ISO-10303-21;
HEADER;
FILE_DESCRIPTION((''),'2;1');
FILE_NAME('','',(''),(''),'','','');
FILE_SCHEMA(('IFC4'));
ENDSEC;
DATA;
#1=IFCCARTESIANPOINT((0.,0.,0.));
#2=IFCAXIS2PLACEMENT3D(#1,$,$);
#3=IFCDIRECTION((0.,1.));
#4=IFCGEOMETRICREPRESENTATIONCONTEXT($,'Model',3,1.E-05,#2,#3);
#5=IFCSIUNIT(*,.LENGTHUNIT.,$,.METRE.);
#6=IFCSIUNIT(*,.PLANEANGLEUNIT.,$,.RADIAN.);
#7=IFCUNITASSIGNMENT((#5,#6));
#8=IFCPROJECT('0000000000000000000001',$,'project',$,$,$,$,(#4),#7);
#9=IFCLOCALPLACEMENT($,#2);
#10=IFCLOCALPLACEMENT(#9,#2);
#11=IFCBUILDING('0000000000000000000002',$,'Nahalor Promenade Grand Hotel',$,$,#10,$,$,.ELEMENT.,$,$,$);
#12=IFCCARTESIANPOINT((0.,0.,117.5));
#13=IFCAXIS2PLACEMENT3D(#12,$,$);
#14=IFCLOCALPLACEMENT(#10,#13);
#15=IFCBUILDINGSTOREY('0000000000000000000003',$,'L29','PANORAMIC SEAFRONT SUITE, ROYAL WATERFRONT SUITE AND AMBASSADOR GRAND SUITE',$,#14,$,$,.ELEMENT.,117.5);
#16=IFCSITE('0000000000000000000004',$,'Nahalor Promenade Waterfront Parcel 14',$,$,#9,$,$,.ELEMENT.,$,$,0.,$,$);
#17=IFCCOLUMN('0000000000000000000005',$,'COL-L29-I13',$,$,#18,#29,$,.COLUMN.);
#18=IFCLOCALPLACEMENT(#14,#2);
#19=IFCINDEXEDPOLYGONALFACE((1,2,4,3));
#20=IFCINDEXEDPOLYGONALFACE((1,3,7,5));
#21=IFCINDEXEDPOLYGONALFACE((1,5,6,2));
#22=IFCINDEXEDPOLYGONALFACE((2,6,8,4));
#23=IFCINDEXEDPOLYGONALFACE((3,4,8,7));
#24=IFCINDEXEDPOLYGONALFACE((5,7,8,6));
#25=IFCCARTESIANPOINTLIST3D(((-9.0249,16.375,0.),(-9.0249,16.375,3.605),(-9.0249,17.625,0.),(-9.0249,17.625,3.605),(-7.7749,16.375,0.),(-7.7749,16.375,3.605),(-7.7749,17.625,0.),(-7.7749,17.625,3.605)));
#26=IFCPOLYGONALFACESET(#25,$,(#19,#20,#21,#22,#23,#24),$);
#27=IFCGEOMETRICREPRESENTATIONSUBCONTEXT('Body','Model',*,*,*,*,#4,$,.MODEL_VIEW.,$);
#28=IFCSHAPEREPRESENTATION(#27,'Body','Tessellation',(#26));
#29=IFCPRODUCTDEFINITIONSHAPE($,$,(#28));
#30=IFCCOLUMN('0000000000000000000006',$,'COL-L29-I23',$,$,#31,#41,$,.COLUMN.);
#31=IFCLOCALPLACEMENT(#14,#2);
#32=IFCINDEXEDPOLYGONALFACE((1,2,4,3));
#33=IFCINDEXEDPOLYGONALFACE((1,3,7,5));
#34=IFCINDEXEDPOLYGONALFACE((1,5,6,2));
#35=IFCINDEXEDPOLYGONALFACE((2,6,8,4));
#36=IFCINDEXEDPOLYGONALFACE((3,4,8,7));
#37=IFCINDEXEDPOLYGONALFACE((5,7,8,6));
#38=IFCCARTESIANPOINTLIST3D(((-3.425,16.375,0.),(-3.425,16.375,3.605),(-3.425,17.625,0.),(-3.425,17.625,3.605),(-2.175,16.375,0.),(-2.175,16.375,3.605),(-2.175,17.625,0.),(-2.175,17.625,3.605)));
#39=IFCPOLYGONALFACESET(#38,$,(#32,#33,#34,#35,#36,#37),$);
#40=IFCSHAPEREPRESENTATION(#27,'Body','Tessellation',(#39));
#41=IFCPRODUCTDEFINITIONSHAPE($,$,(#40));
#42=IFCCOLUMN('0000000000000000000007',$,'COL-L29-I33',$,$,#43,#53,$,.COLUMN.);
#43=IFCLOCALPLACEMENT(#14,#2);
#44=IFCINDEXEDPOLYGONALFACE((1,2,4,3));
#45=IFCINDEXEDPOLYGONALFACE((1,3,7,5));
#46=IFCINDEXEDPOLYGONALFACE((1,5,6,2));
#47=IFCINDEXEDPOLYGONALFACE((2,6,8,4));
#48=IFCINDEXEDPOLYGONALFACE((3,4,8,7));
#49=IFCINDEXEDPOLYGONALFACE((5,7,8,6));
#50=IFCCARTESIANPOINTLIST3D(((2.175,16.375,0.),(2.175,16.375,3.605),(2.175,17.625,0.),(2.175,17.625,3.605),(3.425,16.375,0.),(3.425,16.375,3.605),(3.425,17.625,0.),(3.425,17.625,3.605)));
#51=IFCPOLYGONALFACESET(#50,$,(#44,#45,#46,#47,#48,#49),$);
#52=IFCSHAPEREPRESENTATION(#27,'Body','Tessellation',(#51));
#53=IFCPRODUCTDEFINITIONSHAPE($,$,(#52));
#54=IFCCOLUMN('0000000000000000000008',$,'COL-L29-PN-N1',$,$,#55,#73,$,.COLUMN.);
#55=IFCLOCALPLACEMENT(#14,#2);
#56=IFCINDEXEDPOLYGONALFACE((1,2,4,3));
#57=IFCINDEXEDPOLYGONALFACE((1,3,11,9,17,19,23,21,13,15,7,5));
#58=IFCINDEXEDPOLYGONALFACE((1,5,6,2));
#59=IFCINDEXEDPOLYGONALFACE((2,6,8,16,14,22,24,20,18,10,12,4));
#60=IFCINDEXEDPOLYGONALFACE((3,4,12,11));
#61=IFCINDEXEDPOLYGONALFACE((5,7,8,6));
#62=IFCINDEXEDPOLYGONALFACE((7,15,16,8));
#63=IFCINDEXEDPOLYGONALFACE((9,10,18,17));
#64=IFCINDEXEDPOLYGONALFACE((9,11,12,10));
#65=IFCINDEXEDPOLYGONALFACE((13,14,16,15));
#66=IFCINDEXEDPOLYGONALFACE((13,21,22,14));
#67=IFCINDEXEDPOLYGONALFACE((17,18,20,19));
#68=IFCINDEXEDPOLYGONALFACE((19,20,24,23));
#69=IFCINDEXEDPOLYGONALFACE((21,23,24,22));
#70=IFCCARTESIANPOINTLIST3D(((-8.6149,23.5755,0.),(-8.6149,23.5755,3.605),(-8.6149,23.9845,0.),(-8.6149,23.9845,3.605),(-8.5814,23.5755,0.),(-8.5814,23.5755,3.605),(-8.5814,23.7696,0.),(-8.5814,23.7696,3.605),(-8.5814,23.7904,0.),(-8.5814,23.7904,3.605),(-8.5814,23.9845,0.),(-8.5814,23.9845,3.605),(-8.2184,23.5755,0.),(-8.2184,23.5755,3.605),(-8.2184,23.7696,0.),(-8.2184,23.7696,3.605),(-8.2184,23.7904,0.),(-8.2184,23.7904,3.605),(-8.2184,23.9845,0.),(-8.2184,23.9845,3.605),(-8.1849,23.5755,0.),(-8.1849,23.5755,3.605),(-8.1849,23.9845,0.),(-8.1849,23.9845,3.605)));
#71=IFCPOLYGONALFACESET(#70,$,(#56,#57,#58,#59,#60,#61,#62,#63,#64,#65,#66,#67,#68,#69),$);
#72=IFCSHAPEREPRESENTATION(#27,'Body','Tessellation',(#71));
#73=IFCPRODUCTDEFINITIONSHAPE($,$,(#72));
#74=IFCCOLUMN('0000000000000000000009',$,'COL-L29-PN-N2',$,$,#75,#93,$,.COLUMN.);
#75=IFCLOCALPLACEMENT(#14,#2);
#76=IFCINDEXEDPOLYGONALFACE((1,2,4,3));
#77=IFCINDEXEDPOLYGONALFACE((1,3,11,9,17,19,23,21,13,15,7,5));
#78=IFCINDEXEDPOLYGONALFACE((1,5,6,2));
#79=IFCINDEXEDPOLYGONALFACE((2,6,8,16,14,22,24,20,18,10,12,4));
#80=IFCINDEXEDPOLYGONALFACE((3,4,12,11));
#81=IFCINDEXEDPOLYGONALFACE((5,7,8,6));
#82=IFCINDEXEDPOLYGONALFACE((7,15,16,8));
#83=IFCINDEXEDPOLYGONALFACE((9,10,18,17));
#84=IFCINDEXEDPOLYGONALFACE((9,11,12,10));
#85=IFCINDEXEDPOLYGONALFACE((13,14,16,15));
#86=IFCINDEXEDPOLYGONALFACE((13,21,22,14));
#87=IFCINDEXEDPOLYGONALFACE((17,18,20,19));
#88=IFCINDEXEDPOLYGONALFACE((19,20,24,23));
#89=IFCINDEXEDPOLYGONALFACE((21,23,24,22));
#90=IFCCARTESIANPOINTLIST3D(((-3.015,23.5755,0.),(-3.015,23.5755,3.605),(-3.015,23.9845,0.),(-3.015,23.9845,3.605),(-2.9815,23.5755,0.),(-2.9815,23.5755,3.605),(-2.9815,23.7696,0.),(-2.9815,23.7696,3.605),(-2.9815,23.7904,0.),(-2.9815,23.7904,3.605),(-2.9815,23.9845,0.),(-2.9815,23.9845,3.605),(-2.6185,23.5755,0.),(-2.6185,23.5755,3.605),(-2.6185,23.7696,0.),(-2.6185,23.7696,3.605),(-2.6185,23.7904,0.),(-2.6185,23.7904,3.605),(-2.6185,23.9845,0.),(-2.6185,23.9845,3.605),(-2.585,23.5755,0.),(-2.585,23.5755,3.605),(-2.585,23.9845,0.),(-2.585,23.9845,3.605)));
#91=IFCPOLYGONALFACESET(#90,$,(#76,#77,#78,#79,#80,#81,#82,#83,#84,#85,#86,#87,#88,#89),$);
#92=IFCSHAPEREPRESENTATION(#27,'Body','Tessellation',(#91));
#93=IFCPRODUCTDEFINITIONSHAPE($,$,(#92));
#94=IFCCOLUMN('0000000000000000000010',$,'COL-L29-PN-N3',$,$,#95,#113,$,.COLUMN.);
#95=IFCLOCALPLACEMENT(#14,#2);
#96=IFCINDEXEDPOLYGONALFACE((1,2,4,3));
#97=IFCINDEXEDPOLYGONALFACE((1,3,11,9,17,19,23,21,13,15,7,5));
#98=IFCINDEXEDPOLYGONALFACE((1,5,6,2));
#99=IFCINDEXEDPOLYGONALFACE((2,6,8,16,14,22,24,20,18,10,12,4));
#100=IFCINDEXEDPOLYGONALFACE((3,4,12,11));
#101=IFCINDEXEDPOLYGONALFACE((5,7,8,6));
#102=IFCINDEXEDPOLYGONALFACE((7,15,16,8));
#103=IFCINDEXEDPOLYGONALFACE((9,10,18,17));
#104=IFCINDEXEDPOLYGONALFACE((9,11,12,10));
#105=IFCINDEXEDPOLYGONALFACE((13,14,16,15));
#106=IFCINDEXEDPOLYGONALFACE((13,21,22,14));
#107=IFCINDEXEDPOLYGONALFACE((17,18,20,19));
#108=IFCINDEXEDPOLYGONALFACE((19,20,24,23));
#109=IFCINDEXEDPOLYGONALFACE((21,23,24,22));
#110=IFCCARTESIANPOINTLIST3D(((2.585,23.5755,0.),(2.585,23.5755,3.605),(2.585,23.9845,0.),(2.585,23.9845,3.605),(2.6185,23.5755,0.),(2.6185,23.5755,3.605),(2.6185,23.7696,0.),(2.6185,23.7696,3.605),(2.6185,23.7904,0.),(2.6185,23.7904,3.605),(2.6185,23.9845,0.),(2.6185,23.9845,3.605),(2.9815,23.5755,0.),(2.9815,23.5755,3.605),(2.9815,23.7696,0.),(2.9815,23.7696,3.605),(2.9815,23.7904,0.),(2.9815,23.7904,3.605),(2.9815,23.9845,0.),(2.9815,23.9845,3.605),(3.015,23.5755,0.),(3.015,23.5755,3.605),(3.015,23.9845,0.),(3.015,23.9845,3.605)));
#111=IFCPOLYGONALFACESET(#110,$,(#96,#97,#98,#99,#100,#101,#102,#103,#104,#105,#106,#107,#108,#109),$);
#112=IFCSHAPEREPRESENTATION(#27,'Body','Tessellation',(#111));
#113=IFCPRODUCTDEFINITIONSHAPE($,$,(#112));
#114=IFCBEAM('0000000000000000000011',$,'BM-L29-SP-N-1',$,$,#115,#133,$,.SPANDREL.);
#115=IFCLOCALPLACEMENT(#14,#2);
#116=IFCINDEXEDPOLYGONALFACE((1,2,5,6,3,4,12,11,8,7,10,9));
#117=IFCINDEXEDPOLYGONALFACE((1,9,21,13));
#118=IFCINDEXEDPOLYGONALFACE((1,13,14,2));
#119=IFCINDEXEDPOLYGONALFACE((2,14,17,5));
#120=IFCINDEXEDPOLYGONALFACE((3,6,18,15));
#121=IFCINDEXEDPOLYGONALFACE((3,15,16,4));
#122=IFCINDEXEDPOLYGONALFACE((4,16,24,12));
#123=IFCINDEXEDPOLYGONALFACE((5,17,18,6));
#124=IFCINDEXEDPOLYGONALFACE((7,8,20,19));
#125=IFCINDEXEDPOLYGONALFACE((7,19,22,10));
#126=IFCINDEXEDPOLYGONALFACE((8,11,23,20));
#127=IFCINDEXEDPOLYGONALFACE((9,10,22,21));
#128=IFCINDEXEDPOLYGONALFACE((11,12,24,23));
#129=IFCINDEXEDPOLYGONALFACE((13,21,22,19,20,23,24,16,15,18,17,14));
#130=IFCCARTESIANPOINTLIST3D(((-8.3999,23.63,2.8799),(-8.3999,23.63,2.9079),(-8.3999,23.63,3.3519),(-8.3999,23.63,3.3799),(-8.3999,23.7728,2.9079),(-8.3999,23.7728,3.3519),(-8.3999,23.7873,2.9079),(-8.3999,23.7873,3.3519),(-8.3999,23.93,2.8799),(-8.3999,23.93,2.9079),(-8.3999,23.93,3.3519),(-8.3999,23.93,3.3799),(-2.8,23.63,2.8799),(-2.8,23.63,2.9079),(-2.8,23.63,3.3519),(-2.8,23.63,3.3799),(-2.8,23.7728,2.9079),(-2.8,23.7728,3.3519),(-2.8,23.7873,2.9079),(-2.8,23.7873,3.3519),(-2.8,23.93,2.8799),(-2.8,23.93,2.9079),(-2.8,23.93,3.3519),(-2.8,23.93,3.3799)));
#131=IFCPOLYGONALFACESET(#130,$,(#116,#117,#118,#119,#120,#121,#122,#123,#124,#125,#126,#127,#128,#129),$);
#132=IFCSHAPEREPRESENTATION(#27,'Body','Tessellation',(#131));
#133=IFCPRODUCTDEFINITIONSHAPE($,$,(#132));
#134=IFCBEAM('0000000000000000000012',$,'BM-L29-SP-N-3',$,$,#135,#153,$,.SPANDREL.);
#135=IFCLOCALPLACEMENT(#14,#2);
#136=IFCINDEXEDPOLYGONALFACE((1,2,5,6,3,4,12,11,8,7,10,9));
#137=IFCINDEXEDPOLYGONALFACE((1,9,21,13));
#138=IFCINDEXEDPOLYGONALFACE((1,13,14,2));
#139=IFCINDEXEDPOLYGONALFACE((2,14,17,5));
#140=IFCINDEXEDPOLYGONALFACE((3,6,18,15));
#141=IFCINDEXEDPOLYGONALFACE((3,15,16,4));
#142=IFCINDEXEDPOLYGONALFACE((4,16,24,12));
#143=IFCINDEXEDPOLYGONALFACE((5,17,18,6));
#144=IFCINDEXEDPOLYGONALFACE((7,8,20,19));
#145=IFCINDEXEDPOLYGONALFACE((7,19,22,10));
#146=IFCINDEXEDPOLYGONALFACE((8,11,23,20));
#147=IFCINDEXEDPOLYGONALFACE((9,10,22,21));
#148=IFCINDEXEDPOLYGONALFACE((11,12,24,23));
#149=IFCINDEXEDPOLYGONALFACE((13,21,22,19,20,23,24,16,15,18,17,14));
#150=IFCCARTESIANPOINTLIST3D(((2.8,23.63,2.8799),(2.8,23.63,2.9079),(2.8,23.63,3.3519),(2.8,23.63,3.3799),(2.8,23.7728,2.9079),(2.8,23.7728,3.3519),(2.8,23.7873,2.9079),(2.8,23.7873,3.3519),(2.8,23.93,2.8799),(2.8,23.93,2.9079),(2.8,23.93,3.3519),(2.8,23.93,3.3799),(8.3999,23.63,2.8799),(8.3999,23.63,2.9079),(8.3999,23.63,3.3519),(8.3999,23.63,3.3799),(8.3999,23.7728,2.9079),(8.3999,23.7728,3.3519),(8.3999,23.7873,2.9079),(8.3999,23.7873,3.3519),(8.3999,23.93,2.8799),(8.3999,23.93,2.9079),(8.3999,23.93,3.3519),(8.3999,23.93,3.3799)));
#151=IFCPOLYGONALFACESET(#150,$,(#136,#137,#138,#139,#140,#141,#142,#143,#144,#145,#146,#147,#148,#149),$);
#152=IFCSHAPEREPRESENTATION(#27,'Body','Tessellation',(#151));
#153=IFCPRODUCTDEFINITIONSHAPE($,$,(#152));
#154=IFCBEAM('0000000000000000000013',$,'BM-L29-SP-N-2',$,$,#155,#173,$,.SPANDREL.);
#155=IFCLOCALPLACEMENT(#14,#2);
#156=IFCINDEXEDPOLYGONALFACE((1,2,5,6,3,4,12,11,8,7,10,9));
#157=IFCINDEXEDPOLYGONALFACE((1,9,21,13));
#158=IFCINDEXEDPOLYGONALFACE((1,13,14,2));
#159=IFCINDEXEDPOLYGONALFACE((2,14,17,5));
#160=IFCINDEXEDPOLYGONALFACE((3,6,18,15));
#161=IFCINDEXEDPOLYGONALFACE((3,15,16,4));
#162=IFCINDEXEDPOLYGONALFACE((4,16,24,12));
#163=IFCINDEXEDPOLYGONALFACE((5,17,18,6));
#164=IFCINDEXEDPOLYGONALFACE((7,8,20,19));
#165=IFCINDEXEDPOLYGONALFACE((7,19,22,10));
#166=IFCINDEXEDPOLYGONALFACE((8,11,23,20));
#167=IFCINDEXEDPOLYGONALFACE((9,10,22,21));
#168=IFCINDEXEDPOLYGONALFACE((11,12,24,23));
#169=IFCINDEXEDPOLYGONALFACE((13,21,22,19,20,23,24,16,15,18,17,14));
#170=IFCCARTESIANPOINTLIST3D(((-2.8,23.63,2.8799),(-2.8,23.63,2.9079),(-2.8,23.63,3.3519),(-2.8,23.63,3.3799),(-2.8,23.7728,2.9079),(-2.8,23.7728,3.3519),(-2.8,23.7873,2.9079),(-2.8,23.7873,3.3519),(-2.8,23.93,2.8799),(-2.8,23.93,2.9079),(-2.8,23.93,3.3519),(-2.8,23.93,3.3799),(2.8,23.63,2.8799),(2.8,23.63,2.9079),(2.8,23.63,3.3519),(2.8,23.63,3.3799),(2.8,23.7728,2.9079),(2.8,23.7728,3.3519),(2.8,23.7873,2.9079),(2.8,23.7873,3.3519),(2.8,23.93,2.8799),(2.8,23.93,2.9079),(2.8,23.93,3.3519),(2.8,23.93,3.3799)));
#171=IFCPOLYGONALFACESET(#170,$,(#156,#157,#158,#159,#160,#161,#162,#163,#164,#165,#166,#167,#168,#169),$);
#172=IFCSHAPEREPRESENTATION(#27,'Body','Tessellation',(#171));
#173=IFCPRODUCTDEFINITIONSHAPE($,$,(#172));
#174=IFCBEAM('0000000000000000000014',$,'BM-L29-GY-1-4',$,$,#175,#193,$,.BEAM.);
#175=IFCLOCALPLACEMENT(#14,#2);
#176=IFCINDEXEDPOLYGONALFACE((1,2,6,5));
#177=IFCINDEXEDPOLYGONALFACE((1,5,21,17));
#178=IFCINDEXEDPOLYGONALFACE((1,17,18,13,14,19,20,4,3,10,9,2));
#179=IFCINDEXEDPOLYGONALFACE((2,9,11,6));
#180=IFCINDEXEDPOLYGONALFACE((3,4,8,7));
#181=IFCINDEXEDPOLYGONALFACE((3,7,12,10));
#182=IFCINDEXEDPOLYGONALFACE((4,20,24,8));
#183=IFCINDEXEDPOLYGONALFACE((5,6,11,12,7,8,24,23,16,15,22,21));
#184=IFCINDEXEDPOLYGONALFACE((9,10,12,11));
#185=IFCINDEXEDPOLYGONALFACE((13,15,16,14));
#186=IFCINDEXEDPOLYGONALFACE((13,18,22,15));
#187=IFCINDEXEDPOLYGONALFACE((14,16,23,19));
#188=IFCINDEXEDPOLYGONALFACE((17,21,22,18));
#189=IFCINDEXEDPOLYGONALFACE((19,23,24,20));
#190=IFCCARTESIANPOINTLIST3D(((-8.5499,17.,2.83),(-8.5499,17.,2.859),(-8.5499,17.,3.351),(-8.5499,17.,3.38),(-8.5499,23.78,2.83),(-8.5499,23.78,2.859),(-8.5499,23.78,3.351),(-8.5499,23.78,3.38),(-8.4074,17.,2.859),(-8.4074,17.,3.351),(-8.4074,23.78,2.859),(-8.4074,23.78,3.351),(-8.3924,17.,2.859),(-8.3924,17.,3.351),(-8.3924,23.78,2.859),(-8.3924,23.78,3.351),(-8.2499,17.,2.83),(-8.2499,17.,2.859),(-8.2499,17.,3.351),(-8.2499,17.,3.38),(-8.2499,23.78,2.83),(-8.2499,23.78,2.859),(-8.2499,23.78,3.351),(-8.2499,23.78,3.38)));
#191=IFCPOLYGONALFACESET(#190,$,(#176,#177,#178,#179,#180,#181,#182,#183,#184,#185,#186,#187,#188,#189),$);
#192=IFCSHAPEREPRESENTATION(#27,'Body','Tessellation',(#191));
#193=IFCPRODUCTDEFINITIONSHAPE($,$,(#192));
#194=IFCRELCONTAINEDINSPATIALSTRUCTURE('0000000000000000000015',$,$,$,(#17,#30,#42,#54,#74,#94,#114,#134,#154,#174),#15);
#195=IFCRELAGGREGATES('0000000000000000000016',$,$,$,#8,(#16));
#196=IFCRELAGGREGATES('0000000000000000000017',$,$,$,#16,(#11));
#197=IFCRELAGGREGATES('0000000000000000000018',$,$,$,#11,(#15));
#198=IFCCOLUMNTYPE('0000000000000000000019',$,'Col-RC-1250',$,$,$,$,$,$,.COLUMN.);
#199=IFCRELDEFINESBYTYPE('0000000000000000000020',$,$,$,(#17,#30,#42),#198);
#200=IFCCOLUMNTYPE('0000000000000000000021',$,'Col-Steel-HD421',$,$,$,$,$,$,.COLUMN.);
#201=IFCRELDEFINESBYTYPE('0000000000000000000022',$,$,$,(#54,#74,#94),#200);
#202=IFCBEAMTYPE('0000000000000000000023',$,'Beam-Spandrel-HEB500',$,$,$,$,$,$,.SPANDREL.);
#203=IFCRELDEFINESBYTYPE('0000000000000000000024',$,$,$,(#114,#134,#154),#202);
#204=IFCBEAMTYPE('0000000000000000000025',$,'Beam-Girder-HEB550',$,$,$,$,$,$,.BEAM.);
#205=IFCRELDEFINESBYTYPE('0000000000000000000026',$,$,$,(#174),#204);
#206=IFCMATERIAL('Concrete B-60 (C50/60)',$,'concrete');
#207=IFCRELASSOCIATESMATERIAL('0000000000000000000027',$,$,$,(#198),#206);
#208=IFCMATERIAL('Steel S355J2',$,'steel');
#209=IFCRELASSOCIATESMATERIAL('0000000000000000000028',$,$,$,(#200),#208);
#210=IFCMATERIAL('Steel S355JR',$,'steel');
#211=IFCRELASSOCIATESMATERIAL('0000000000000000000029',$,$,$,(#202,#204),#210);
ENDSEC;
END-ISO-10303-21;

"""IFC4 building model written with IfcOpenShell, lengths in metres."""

from ifc_helpers import new_model, si_unit, direction, frame, origin, origin_2d, place, context, subcontext, project, spatial, rectangle, i_section, extrude, source, transform, mapped, material, material_profile, profile_set, type_object, element, save


model = new_model("IFC4")

# Units and contexts
model_context = context("Model", 3, precision=1e-05, world=origin(), true_north=direction((0.0, 1.0)))
body_context = subcontext(model_context, "Body", "Model", "MODEL_VIEW")
ifc_project = project(units=[si_unit("LENGTHUNIT", "METRE"), si_unit("PLANEANGLEUNIT", "RADIAN")], contexts=[model_context])

# Site, building, storey
site_placement = place(None, origin())
site = spatial("IfcSite", under=ifc_project, at=site_placement, Name="Nahalor Promenade Waterfront Parcel 14", CompositionType="ELEMENT", RefElevation=0.0)
building_placement = place(site_placement, origin())
building = spatial("IfcBuilding", under=site, at=building_placement, Name="Nahalor Promenade Grand Hotel", CompositionType="ELEMENT")
storey_placement = place(building_placement, frame((0.0, 0.0, 117.5)))
storey = spatial("IfcBuildingStorey", under=building, at=storey_placement, Name="L29", Description="PANORAMIC SEAFRONT SUITE, ROYAL WATERFRONT SUITE AND AMBASSADOR GRAND SUITE", CompositionType="ELEMENT", Elevation=117.5)

# Columns
ifc_material_1 = material(Name="Concrete B-60 (C50/60)", Category="concrete")
ifc_material_profile_1 = material_profile(ifc_material_1, rectangle(XDim=1.25, YDim=1.25, at=origin_2d()), Name="RC 1250x1250")
ifc_profile_set_1 = profile_set([ifc_material_profile_1], Name="Concrete B-60 (C50/60)")
column_type_1 = type_object("IfcColumnType", Name="Col-RC-1250", PredefinedType="COLUMN", material=ifc_profile_set_1)
shared_shape_1 = source(origin(), body_context, "Body", "SweptSolid", [
    extrude(rectangle(XDim=1.25, YDim=1.25, at=origin_2d()), origin(), (0.0, 0.0, 1.0), 3.605),
])
for number, where, z_axis, x_axis, name in (
    (1, (-8.3999, 17.0, 0.0), (0.0, 0.0, 1.0), (1.0, 0.0, 0.0), "COL-L29-I13"),
    (2, (-2.8, 17.0, 0.0), (0.0, 0.0, 1.0), (1.0, 0.0, 0.0), "COL-L29-I23"),
    (3, (2.8, 17.0, 0.0), (0.0, 0.0, 1.0), (1.0, 0.0, 0.0), "COL-L29-I33"),
):
    element("IfcColumn", number, at=place(storey_placement, frame(where, z_axis=z_axis, x_axis=x_axis)), inside=storey, type_object=column_type_1, Name=name, PredefinedType="COLUMN", context=body_context, shape_type="MappedRepresentation", body=[
        mapped(shared_shape_1, transform((0.0, 0.0, 0.0), scale=1.0)),
    ])
ifc_material_2 = material(Name="Steel S355J2", Category="steel")
ifc_material_profile_2 = material_profile(ifc_material_2, i_section(OverallWidth=0.409, OverallDepth=0.43, WebThickness=0.0208, FlangeThickness=0.0335, at=origin_2d()), Name="HD 400x421")
ifc_profile_set_2 = profile_set([ifc_material_profile_2], Name="Steel S355J2")
column_type_2 = type_object("IfcColumnType", Name="Col-Steel-HD421", PredefinedType="COLUMN", material=ifc_profile_set_2)
shared_shape_2 = source(origin(), body_context, "Body", "SweptSolid", [
    extrude(i_section(OverallWidth=0.409, OverallDepth=0.43, WebThickness=0.0208, FlangeThickness=0.0335, at=origin_2d()), origin(), (0.0, 0.0, 1.0), 3.605),
])
for number, where, z_axis, x_axis, name in (
    (4, (-8.3999, 23.78, 0.0), (0.0, 0.0, 1.0), (0.0, 1.0, 0.0), "COL-L29-PN-N1"),
    (5, (-2.8, 23.78, 0.0), (0.0, 0.0, 1.0), (0.0, 1.0, 0.0), "COL-L29-PN-N2"),
    (6, (2.8, 23.78, 0.0), (0.0, 0.0, 1.0), (0.0, 1.0, 0.0), "COL-L29-PN-N3"),
):
    element("IfcColumn", number, at=place(storey_placement, frame(where, z_axis=z_axis, x_axis=x_axis)), inside=storey, type_object=column_type_2, Name=name, PredefinedType="COLUMN", context=body_context, shape_type="MappedRepresentation", body=[
        mapped(shared_shape_2, transform((0.0, 0.0, 0.0), scale=1.0)),
    ])

# Beams
ifc_material_3 = material(Name="Steel S355JR", Category="steel")
ifc_material_profile_3 = material_profile(ifc_material_3, i_section(OverallWidth=0.3, OverallDepth=0.5, WebThickness=0.0145, FlangeThickness=0.028, at=origin_2d()), Name="HEB 500")
ifc_profile_set_3 = profile_set([ifc_material_profile_3], Name="Steel S355JR")
beam_type_1 = type_object("IfcBeamType", Name="Beam-Spandrel-HEB500", PredefinedType="SPANDREL", material=ifc_profile_set_3)
shared_shape_3 = source(origin(), body_context, "Body", "SweptSolid", [
    extrude(i_section(OverallWidth=0.3, OverallDepth=0.5, WebThickness=0.0145, FlangeThickness=0.028, at=origin_2d()), origin(), (0.0, 0.0, 1.0), 5.5999),
])
for number, where, z_axis, x_axis, name in (
    (7, (-8.3999, 23.78, 3.1299), (1.0, 0.0, 0.0), (0.0, 1.0, 0.0), "BM-L29-SP-N-1"),
    (8, (2.8, 23.78, 3.1299), (1.0, 0.0, 0.0), (0.0, 1.0, 0.0), "BM-L29-SP-N-3"),
):
    element("IfcBeam", number, at=place(storey_placement, frame(where, z_axis=z_axis, x_axis=x_axis)), inside=storey, type_object=beam_type_1, Name=name, PredefinedType="SPANDREL", context=body_context, shape_type="MappedRepresentation", body=[
        mapped(shared_shape_3, transform((0.0, 0.0, 0.0), scale=1.0)),
    ])
shared_shape_4 = source(origin(), body_context, "Body", "SweptSolid", [
    extrude(i_section(OverallWidth=0.3, OverallDepth=0.5, WebThickness=0.0145, FlangeThickness=0.028, at=origin_2d()), origin(), (0.0, 0.0, 1.0), 5.6001),
])
beam_1_placement = place(storey_placement, frame((-2.8, 23.78, 3.1299), z_axis=(1.0, 0.0, 0.0), x_axis=(0.0, 1.0, 0.0)))
element("IfcBeam", 9, at=beam_1_placement, inside=storey, type_object=beam_type_1, Name="BM-L29-SP-N-2", PredefinedType="SPANDREL", context=body_context, shape_type="MappedRepresentation", body=[
    mapped(shared_shape_4, transform((0.0, 0.0, 0.0), scale=1.0)),
])
ifc_material_profile_4 = material_profile(ifc_material_3, i_section(OverallWidth=0.3, OverallDepth=0.55, WebThickness=0.015, FlangeThickness=0.029, at=origin_2d()), Name="HEB 550")
ifc_profile_set_4 = profile_set([ifc_material_profile_4], Name="Steel S355JR")
beam_type_2 = type_object("IfcBeamType", Name="Beam-Girder-HEB550", PredefinedType="BEAM", material=ifc_profile_set_4)
shared_shape_5 = source(origin(), body_context, "Body", "SweptSolid", [
    extrude(i_section(OverallWidth=0.3, OverallDepth=0.55, WebThickness=0.015, FlangeThickness=0.029, at=origin_2d()), origin(), (0.0, 0.0, 1.0), 6.78),
])
for number, where, z_axis, x_axis, name in (
    (10, (-8.3999, 17.0, 3.105), (0.0, 1.0, 0.0), (-1.0, 0.0, 0.0), "BM-L29-GY-1-4"),
):
    element("IfcBeam", number, at=place(storey_placement, frame(where, z_axis=z_axis, x_axis=x_axis)), inside=storey, type_object=beam_type_2, Name=name, PredefinedType="BEAM", context=body_context, shape_type="MappedRepresentation", body=[
        mapped(shared_shape_5, transform((0.0, 0.0, 0.0), scale=1.0)),
    ])

save(model, "model.ifc")
